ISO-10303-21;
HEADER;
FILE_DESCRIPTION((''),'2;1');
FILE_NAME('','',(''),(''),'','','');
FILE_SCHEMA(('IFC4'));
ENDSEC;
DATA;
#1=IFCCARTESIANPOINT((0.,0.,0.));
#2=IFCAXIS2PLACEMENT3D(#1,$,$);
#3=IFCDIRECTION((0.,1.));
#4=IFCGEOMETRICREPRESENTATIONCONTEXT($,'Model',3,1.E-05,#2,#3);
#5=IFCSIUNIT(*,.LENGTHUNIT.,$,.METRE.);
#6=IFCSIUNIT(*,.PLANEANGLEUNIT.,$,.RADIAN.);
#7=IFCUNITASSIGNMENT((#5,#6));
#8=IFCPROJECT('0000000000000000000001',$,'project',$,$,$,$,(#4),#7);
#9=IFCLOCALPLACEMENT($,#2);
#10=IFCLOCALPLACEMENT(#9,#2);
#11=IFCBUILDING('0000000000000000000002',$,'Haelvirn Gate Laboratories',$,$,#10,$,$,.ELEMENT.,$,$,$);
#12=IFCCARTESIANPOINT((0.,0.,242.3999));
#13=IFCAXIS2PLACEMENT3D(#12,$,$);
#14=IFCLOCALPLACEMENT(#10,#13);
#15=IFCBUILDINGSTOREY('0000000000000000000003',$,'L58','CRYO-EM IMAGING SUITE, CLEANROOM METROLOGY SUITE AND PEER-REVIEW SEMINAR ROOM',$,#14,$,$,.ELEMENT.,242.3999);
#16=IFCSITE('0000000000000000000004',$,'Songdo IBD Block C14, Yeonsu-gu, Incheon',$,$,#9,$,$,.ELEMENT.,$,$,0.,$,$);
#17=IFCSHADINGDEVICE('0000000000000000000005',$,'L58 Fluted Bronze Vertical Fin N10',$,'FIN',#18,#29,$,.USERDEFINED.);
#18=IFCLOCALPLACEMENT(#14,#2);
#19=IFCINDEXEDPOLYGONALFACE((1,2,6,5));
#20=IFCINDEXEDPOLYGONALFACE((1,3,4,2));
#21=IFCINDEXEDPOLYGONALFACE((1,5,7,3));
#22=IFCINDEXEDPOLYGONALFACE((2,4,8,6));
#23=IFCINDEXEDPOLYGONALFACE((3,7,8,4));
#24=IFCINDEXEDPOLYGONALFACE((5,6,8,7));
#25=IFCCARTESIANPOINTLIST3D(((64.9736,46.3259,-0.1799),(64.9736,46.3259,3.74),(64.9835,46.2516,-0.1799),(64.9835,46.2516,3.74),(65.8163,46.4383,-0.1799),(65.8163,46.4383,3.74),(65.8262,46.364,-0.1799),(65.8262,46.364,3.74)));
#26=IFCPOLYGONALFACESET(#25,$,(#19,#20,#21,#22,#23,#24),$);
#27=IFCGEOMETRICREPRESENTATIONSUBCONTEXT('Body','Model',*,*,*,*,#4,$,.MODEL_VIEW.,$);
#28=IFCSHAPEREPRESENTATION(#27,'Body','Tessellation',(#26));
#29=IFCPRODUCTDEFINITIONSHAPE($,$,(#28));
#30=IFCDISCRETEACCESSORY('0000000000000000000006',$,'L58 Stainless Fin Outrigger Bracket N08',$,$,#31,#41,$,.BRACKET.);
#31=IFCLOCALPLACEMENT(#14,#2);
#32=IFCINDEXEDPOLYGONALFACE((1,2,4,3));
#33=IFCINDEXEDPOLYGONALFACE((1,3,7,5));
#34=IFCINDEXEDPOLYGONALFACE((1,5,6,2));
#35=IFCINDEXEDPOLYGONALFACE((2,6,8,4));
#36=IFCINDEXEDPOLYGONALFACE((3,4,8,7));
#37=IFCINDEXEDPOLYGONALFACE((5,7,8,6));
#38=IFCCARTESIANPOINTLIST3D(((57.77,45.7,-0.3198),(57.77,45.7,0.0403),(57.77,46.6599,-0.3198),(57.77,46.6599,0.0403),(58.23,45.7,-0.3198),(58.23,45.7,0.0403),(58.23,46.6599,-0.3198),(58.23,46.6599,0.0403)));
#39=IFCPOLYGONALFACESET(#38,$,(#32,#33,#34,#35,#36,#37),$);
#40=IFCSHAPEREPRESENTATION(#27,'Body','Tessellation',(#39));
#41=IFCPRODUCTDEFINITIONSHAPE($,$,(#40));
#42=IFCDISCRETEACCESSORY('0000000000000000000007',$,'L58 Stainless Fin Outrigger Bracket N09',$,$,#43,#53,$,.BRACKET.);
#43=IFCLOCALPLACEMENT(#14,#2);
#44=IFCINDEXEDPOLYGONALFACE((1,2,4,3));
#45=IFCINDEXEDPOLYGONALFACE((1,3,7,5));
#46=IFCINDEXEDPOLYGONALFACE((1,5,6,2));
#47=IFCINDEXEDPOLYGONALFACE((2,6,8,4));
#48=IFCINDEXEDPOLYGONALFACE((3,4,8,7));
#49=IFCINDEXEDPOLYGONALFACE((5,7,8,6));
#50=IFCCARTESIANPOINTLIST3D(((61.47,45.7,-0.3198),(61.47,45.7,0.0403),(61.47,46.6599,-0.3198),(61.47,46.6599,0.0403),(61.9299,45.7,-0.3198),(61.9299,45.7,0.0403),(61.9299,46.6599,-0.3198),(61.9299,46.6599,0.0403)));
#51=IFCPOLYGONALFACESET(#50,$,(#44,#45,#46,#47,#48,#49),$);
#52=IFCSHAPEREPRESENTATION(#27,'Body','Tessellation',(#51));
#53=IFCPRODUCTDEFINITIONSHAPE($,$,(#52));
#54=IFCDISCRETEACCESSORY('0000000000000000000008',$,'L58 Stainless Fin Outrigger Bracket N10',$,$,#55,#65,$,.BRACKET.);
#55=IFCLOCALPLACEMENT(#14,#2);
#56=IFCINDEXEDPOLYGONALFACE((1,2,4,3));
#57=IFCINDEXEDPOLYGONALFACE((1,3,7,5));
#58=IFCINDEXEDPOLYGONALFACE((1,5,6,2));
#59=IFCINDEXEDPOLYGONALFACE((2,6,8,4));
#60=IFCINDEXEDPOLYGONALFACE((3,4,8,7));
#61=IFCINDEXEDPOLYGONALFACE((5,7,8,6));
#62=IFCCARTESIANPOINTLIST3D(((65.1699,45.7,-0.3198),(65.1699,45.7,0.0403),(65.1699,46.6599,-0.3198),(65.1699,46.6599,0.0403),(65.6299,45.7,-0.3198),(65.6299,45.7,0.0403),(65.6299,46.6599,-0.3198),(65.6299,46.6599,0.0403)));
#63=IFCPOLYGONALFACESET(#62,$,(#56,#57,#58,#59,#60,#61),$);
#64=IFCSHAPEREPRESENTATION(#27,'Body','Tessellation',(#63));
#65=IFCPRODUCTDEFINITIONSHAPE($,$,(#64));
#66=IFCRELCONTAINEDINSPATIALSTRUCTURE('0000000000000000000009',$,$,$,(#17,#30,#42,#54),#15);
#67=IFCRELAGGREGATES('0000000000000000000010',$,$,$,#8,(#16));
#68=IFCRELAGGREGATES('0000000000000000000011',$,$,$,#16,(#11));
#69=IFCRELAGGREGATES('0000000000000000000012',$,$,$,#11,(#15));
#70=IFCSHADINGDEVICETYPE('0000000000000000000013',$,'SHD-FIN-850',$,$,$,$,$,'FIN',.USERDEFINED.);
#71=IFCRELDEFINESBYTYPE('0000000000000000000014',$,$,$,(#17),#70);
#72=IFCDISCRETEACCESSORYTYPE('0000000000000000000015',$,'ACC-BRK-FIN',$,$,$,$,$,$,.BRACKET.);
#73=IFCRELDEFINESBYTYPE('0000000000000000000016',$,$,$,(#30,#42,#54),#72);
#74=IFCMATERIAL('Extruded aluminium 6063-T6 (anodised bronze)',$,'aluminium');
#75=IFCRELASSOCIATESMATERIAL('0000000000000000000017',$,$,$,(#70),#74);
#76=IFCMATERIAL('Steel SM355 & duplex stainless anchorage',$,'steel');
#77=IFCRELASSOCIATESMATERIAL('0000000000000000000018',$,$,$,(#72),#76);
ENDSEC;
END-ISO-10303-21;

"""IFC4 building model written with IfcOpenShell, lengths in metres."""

from ifc_helpers import new_model, si_unit, direction, frame, origin, origin_2d, place, context, subcontext, project, spatial, rectangle, extrude, source, transform, mapped, material, material_profile, profile_set, type_object, type_shapes, element, save


model = new_model("IFC4")

# Units and contexts
model_context = context("Model", 3, precision=1e-05, world=origin(), true_north=direction((0.0, 1.0)))
body_context = subcontext(model_context, "Body", "Model", "MODEL_VIEW")
ifc_project = project(units=[si_unit("LENGTHUNIT", "METRE"), si_unit("PLANEANGLEUNIT", "RADIAN")], contexts=[model_context])

# Site, building, storey
site_placement = place(None, origin())
site = spatial("IfcSite", under=ifc_project, at=site_placement, Name="Songdo IBD Block C14, Yeonsu-gu, Incheon", CompositionType="ELEMENT", RefElevation=0.0)
building_placement = place(site_placement, origin())
building = spatial("IfcBuilding", under=site, at=building_placement, Name="Haelvirn Gate Laboratories", CompositionType="ELEMENT")
storey_placement = place(building_placement, frame((0.0, 0.0, 242.3999)))
storey = spatial("IfcBuildingStorey", under=building, at=storey_placement, Name="L58", Description="CRYO-EM IMAGING SUITE, CLEANROOM METROLOGY SUITE AND PEER-REVIEW SEMINAR ROOM", CompositionType="ELEMENT", Elevation=242.3999)

# Shared definitions
ifc_material_1 = material(Name="Extruded aluminium 6063-T6 (anodised bronze)", Category="aluminium")

# Shading device
ifc_material_profile_1 = material_profile(ifc_material_1, rectangle(XDim=0.075, YDim=0.8501, at=origin_2d()), Name="FIN-850x75")
ifc_profile_set_1 = profile_set([ifc_material_profile_1], Name="Extruded aluminium 6063-T6 (anodised bronze)")
shading_device_type = type_object("IfcShadingDeviceType", Name="SHD-FIN-850", ElementType="FIN", PredefinedType="USERDEFINED", material=ifc_profile_set_1)
shared_shape_1 = source(origin(), body_context, "Body", "SweptSolid", [
    extrude(rectangle(XDim=0.075, YDim=0.8501, at=origin_2d()), origin(), (0.0, 0.0, 1.0), 3.9199),
])
type_shapes(shading_device_type, [shared_shape_1])
for number, where, z_axis, x_axis, name in (
    (1, (65.3999, 46.345, -0.1799), (0.0, 0.0, 1.0), (-0.132256, 0.991216, 0.0), "L58 Fluted Bronze Vertical Fin N10"),
):
    element("IfcShadingDevice", number, at=place(storey_placement, frame(where, z_axis=z_axis, x_axis=x_axis)), inside=storey, type_object=shading_device_type, Name=name, ObjectType="FIN", PredefinedType="USERDEFINED", context=body_context, shape_type="MappedRepresentation", body=[
        mapped(shared_shape_1, transform((0.0, 0.0, 0.0), scale=1.0)),
    ])

# Discrete accessories
ifc_material_2 = material(Name="Steel SM355 & duplex stainless anchorage", Category="steel")
discrete_accessory_type = type_object("IfcDiscreteAccessoryType", Name="ACC-BRK-FIN", PredefinedType="BRACKET", material=ifc_material_2)
shared_shape_2 = source(origin(), body_context, "Body", "SweptSolid", [
    extrude(rectangle(XDim=0.46, YDim=0.96, at=origin_2d()), origin(), (0.0, 0.0, 1.0), 0.3601),
])
type_shapes(discrete_accessory_type, [shared_shape_2])
for number, where, z_axis, x_axis, name in (
    (2, (58.0, 46.1799, -0.3198), (0.0, 0.0, 1.0), (1.0, 0.0, 0.0), "L58 Stainless Fin Outrigger Bracket N08"),
    (3, (61.7, 46.1799, -0.3198), (0.0, 0.0, 1.0), (1.0, 0.0, 0.0), "L58 Stainless Fin Outrigger Bracket N09"),
    (4, (65.3999, 46.1799, -0.3198), (0.0, 0.0, 1.0), (1.0, 0.0, 0.0), "L58 Stainless Fin Outrigger Bracket N10"),
):
    element("IfcDiscreteAccessory", number, at=place(storey_placement, frame(where, z_axis=z_axis, x_axis=x_axis)), inside=storey, type_object=discrete_accessory_type, Name=name, PredefinedType="BRACKET", context=body_context, shape_type="MappedRepresentation", body=[
        mapped(shared_shape_2, transform((0.0, 0.0, 0.0), scale=1.0)),
    ])

save(model, "model.ifc")
